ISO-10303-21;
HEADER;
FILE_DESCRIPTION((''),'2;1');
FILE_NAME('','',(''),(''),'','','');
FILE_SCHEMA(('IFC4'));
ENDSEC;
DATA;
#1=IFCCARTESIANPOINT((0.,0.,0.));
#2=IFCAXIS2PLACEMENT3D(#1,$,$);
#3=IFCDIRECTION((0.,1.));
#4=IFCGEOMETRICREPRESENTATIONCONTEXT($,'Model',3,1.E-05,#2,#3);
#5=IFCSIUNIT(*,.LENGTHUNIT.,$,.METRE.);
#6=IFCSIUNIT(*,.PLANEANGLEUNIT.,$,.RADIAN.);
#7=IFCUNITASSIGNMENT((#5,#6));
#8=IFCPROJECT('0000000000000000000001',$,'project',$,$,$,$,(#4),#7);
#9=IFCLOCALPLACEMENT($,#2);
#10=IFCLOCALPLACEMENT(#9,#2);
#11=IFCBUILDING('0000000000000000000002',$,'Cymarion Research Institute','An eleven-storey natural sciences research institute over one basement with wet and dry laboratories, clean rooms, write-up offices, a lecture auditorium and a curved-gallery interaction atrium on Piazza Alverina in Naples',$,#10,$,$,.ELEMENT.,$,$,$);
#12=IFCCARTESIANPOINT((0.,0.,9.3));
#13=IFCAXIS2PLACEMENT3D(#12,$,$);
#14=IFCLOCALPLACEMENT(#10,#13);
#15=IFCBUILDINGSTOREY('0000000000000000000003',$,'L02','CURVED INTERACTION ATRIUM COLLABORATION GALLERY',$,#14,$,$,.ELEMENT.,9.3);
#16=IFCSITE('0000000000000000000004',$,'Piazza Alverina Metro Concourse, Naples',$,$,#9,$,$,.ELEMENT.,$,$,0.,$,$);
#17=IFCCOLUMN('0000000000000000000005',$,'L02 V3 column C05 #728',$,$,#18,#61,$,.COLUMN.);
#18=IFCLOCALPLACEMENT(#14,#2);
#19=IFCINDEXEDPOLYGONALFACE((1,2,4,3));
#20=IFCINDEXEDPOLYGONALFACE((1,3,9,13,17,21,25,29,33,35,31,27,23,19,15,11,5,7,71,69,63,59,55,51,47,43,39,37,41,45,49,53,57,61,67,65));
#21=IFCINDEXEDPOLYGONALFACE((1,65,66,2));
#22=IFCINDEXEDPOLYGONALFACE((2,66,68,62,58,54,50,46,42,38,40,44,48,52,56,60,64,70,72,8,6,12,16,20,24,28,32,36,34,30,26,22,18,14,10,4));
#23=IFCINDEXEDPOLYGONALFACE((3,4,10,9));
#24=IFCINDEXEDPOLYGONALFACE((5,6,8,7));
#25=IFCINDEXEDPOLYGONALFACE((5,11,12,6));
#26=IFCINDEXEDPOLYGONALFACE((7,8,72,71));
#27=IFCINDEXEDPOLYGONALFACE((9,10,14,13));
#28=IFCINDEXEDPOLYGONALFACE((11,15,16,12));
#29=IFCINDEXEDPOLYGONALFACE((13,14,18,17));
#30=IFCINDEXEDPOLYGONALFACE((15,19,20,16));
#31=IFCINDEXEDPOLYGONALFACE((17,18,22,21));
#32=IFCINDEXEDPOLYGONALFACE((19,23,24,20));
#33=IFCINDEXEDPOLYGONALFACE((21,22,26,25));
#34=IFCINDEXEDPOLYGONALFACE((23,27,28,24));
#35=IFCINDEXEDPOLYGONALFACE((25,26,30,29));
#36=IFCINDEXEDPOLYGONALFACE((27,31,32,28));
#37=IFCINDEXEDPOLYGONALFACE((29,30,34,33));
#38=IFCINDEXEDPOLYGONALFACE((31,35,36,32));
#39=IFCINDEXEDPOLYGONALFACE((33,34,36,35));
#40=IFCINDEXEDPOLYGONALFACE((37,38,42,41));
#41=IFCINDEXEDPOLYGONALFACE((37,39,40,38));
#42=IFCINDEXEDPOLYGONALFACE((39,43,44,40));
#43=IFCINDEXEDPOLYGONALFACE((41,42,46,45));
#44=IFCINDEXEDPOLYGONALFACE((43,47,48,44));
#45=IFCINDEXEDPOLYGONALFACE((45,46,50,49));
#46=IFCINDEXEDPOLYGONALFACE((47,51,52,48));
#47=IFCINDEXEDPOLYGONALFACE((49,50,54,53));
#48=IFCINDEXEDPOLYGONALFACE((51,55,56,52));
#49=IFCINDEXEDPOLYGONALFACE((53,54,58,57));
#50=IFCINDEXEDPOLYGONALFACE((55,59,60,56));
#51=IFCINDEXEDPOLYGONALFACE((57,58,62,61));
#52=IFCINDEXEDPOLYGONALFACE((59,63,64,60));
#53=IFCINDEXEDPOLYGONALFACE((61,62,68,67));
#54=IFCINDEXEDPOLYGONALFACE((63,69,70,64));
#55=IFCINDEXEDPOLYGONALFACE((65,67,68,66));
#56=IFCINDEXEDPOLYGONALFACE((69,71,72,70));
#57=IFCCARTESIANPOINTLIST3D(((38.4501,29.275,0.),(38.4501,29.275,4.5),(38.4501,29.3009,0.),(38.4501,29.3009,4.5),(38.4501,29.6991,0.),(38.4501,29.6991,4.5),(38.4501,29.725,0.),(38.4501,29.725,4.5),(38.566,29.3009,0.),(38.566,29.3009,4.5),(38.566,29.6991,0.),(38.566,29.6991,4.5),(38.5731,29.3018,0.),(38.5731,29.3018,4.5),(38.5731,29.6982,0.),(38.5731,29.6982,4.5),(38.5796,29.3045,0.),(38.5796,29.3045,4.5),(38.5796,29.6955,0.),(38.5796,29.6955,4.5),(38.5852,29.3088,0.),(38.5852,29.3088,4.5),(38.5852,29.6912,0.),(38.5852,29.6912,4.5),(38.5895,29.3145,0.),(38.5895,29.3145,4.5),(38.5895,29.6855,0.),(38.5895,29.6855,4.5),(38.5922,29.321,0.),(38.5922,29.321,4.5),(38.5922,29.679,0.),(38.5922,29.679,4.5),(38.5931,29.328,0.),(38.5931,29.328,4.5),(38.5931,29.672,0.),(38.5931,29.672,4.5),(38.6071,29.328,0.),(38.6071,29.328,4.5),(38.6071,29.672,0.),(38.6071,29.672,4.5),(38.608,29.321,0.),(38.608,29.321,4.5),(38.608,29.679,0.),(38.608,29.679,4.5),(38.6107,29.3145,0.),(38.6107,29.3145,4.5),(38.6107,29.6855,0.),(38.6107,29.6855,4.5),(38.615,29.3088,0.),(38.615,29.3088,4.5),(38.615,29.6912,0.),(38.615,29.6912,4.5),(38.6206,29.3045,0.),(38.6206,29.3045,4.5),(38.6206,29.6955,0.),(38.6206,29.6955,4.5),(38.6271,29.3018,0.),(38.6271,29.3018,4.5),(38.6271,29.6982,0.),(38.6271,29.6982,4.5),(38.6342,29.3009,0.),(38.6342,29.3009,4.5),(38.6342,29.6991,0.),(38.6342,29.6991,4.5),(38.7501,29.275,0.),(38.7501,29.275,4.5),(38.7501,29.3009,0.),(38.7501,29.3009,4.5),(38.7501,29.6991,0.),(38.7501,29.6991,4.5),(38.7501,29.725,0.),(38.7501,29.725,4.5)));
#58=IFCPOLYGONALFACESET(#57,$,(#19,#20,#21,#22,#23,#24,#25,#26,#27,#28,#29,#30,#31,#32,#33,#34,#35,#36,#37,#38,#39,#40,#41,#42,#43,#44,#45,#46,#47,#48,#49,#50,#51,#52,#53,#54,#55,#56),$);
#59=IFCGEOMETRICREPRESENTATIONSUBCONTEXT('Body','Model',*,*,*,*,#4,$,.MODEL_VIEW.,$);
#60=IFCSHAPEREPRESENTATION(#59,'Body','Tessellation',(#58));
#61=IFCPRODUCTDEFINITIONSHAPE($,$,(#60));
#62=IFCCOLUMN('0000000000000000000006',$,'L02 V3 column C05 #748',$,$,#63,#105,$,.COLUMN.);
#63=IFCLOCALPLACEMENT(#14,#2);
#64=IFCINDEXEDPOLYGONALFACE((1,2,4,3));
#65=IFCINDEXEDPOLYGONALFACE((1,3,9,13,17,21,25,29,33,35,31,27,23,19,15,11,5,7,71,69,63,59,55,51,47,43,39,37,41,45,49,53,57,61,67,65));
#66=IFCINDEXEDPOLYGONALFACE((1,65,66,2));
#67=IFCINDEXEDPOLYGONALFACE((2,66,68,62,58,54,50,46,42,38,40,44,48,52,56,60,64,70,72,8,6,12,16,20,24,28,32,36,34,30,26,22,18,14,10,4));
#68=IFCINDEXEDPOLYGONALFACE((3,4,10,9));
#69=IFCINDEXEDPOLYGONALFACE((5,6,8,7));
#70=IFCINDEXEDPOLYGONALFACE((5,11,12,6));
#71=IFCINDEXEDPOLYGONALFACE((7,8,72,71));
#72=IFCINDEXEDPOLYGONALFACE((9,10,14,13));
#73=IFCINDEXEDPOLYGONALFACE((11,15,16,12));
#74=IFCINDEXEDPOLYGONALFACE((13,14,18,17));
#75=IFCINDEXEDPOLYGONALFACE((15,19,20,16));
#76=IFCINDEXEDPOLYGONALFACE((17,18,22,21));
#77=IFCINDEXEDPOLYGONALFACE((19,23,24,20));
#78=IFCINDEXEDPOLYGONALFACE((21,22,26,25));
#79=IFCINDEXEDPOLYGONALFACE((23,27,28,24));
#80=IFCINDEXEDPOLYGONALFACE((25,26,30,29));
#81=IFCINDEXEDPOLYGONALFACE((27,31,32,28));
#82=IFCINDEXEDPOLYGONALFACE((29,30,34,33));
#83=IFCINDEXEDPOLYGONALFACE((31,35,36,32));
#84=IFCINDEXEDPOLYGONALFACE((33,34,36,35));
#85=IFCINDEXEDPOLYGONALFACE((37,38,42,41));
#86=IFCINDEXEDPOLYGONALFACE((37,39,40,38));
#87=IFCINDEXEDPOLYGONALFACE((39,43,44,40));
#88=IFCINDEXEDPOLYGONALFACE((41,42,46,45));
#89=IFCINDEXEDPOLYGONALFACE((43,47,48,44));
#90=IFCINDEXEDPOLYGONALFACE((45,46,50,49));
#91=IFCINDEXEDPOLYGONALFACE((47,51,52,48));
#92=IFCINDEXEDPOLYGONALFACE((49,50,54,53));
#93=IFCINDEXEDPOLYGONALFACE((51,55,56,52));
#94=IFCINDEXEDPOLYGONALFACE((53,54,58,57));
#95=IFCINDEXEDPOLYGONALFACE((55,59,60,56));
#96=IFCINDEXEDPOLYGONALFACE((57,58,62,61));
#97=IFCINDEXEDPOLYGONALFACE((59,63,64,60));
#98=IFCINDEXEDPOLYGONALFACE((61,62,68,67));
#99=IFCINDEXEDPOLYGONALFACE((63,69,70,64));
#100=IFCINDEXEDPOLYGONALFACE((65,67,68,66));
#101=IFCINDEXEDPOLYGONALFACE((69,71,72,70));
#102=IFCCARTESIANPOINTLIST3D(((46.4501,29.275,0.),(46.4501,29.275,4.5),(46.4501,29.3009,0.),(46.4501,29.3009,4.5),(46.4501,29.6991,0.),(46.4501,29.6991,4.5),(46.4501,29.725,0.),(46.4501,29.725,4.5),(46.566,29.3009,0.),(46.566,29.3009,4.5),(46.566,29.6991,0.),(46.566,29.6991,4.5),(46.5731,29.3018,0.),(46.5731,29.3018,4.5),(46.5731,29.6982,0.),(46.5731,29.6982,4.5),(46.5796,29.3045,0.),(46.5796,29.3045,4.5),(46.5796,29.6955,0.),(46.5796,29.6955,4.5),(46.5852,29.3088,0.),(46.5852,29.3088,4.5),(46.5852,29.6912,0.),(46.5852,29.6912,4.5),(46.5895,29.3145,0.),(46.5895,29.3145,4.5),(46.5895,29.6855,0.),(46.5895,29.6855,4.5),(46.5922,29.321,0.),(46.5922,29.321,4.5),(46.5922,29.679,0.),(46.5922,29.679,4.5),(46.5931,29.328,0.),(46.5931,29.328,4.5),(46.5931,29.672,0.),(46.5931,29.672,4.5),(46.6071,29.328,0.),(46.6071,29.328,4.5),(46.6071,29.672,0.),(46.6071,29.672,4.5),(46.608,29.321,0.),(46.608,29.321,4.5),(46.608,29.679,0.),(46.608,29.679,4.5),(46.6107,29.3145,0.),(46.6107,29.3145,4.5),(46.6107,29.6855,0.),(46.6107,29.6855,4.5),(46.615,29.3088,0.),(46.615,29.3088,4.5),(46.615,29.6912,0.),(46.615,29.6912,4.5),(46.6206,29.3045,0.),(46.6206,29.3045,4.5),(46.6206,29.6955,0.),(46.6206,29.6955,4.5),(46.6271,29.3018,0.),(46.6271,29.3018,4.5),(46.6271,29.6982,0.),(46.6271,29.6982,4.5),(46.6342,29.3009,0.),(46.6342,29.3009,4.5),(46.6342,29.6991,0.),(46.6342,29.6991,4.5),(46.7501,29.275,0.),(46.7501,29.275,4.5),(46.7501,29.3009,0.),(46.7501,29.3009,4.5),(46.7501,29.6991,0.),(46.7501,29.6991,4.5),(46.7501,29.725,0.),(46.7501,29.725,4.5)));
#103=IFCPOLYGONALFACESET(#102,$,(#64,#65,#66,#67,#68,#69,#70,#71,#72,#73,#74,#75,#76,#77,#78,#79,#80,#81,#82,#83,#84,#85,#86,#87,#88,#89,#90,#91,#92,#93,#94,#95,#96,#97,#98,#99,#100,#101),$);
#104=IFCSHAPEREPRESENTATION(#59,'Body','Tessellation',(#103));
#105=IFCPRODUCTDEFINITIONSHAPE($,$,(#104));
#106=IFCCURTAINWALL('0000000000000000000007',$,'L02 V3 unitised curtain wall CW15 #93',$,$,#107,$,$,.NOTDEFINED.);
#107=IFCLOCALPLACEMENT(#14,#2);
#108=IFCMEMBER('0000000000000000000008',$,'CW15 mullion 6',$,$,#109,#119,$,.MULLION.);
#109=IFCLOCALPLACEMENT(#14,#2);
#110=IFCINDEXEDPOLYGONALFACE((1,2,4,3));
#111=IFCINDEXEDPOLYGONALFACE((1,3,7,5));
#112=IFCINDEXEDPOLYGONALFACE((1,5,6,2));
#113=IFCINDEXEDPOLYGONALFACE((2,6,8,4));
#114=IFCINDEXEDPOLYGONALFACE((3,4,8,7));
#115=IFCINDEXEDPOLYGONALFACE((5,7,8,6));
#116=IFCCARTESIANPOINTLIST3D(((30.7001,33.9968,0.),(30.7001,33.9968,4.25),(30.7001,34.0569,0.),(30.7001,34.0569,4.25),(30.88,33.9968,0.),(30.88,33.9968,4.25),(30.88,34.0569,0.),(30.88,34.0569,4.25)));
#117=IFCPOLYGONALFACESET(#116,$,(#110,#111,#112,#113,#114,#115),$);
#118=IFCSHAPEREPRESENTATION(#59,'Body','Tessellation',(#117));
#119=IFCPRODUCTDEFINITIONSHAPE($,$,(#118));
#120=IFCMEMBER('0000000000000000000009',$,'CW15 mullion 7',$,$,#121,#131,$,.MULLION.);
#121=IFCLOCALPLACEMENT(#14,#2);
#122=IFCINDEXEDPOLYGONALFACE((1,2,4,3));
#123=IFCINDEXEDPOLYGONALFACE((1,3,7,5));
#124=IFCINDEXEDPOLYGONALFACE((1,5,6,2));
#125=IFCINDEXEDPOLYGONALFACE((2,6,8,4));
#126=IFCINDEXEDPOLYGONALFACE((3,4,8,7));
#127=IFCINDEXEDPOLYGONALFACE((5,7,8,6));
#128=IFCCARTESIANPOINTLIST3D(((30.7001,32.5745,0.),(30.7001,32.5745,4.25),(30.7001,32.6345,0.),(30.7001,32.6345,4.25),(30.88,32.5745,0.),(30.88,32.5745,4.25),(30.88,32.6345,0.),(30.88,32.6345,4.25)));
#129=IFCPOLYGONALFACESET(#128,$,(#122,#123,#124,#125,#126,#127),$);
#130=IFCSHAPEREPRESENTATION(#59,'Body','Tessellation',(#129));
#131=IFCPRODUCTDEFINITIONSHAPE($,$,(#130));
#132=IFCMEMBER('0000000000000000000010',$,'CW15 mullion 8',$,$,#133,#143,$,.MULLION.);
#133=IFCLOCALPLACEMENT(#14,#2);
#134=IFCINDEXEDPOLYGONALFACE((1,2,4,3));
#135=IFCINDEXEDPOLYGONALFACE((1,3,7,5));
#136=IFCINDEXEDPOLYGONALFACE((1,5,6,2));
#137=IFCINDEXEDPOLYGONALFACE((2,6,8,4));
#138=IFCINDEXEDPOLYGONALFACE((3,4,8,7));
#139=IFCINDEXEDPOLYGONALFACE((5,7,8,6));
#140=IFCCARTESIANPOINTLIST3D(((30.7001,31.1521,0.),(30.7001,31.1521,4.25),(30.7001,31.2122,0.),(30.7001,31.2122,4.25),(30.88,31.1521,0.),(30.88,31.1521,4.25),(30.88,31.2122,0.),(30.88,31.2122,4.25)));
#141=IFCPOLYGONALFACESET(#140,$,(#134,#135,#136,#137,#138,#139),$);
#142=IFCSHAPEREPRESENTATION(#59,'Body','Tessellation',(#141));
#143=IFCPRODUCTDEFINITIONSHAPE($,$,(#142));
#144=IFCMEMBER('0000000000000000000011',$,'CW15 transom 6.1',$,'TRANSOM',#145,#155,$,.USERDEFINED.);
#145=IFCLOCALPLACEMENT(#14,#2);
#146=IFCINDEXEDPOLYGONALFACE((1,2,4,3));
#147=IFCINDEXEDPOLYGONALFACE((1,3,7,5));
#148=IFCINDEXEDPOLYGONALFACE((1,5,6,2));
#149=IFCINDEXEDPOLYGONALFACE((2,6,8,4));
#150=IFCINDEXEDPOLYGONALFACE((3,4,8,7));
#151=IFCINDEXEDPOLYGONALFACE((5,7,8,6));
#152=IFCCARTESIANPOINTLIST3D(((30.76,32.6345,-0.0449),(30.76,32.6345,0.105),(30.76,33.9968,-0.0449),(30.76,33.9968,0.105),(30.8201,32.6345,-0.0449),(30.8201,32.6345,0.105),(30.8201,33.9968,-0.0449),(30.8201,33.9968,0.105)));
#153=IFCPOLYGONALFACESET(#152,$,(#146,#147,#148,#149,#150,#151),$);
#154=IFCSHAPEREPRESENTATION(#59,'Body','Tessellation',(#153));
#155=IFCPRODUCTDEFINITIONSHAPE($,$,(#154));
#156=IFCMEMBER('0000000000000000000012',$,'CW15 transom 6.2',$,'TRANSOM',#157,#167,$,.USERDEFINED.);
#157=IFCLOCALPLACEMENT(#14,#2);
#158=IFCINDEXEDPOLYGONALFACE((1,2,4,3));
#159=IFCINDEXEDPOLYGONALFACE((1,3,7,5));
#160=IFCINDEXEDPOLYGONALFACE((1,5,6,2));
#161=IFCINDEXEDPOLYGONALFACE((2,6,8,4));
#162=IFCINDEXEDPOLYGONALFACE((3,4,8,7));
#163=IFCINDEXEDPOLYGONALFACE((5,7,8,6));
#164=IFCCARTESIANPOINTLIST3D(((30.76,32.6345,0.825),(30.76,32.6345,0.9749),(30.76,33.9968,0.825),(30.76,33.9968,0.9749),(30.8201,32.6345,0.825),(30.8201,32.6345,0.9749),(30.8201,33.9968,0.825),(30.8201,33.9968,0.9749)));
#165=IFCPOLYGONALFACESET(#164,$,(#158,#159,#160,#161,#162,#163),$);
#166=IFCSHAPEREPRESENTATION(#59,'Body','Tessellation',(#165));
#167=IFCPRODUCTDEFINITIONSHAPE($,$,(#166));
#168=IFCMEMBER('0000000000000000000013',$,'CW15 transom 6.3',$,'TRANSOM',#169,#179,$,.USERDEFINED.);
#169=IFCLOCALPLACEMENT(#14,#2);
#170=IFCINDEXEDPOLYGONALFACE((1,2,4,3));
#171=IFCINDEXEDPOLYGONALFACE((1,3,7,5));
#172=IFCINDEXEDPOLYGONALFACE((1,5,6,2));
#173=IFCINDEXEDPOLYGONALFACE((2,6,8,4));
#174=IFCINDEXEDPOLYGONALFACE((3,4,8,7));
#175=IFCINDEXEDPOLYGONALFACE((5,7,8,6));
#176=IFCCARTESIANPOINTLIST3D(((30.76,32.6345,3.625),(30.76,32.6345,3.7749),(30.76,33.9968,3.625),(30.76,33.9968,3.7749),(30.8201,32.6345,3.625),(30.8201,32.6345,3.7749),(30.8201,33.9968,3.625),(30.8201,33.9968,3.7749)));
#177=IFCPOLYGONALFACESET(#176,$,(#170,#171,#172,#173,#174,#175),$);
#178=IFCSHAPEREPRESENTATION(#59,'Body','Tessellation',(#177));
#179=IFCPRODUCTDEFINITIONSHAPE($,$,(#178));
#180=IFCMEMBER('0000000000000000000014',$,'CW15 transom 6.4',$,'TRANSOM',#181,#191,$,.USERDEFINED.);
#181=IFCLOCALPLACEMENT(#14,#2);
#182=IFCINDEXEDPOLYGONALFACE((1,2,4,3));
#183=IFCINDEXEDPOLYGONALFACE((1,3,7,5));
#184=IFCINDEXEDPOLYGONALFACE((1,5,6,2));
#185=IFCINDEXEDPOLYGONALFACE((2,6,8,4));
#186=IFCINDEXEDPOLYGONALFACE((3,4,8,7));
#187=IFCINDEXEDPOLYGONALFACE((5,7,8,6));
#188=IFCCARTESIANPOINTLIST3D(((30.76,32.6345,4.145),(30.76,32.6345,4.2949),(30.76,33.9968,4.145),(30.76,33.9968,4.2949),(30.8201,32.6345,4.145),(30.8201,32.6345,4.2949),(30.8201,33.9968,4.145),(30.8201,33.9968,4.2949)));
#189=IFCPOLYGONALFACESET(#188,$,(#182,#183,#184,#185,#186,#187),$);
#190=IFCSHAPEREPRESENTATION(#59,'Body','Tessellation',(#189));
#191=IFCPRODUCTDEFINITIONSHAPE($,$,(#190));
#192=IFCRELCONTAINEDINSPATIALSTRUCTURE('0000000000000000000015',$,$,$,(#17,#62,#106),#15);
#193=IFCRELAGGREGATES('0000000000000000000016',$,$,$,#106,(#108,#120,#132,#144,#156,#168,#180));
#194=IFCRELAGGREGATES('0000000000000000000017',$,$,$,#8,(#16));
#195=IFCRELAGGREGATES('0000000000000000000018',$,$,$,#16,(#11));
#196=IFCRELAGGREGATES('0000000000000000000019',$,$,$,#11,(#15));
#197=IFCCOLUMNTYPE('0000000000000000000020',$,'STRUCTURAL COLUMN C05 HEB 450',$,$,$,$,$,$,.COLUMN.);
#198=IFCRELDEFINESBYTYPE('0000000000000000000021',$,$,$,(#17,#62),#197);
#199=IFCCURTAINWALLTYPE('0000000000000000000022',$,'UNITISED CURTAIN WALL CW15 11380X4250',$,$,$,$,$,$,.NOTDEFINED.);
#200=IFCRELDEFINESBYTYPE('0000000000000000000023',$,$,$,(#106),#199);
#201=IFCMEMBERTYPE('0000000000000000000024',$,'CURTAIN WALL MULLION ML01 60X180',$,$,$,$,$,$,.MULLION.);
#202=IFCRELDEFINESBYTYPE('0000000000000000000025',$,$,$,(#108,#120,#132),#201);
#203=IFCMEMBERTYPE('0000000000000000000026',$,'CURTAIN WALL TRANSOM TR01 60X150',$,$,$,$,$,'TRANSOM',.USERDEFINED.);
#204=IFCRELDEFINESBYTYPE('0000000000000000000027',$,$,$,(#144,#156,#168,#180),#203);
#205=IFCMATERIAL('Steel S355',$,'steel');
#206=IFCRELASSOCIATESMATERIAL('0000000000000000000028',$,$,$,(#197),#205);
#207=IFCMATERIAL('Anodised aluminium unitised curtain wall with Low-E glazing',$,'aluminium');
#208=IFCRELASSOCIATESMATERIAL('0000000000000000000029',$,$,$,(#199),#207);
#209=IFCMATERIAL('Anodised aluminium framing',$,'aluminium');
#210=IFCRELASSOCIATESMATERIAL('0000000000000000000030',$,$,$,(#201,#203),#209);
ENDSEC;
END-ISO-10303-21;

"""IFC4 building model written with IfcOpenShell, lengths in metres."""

from ifc_helpers import new_model, si_unit, direction, frame, origin, origin_2d, place, context, subcontext, project, spatial, rectangle, i_section, extrude, material, material_profile, profile_set, type_object, element, aggregate, save


model = new_model("IFC4")

# Units and contexts
model_context = context("Model", 3, precision=1e-05, world=origin(), true_north=direction((0.0, 1.0)))
body_context = subcontext(model_context, "Body", "Model", "MODEL_VIEW")
ifc_project = project(units=[si_unit("LENGTHUNIT", "METRE"), si_unit("PLANEANGLEUNIT", "RADIAN")], contexts=[model_context])

# Site, building, storey
site_placement = place(None, origin())
site = spatial("IfcSite", under=ifc_project, at=site_placement, Name="Piazza Alverina Metro Concourse, Naples", CompositionType="ELEMENT", RefElevation=0.0)
building_placement = place(site_placement, origin())
building = spatial("IfcBuilding", under=site, at=building_placement, Name="Cymarion Research Institute", Description="An eleven-storey natural sciences research institute over one basement with wet and dry laboratories, clean rooms, write-up offices, a lecture auditorium and a curved-gallery interaction atrium on Piazza Alverina in Naples", CompositionType="ELEMENT")
storey_placement = place(building_placement, frame((0.0, 0.0, 9.3)))
storey = spatial("IfcBuildingStorey", under=building, at=storey_placement, Name="L02", Description="CURVED INTERACTION ATRIUM COLLABORATION GALLERY", CompositionType="ELEMENT", Elevation=9.3)

# Columns
ifc_material_1 = material(Name="Steel S355", Category="steel")
ifc_material_profile_1 = material_profile(ifc_material_1, i_section(OverallWidth=0.3, OverallDepth=0.45, WebThickness=0.0139, FlangeThickness=0.0259, FilletRadius=0.0271, at=origin_2d()), Name="HEB 450")
ifc_profile_set_1 = profile_set([ifc_material_profile_1], Name="Steel S355")
column_type = type_object("IfcColumnType", Name="STRUCTURAL COLUMN C05 HEB 450", PredefinedType="COLUMN", material=ifc_profile_set_1)
for number, where, z_axis, x_axis, name in (
    (1, (38.6001, 29.5, 0.0), (0.0, 0.0, 1.0), (1.0, 0.0, 0.0), "L02 V3 column C05 #728"),
    (2, (46.6001, 29.5, 0.0), (0.0, 0.0, 1.0), (1.0, 0.0, 0.0), "L02 V3 column C05 #748"),
):
    element("IfcColumn", number, at=place(storey_placement, frame(where, z_axis=z_axis, x_axis=x_axis)), inside=storey, type_object=column_type, Name=name, PredefinedType="COLUMN", context=body_context, shape_type="SweptSolid", body=[
        extrude(i_section(OverallWidth=0.3, OverallDepth=0.45, WebThickness=0.0139, FlangeThickness=0.0259, FilletRadius=0.0271, at=origin_2d()), origin(), (0.0, 0.0, 1.0), 4.5),
    ])

# Curtain wall, members
ifc_material_2 = material(Name="Anodised aluminium unitised curtain wall with Low-E glazing", Category="aluminium")
curtain_wall_type = type_object("IfcCurtainWallType", Name="UNITISED CURTAIN WALL CW15 11380X4250", PredefinedType="NOTDEFINED", material=ifc_material_2)
curtain_wall_placement = place(storey_placement, origin())
curtain_wall = element("IfcCurtainWall", 3, at=curtain_wall_placement, inside=storey, type_object=curtain_wall_type, Name="L02 V3 unitised curtain wall CW15 #93", PredefinedType="NOTDEFINED")
ifc_material_3 = material(Name="Anodised aluminium framing", Category="aluminium")
ifc_material_profile_2 = material_profile(ifc_material_3, rectangle(XDim=0.0601, YDim=0.1799, at=origin_2d()), Name="ALU MULLION 60x180")
ifc_profile_set_2 = profile_set([ifc_material_profile_2], Name="Anodised aluminium framing")
member_type_1 = type_object("IfcMemberType", Name="CURTAIN WALL MULLION ML01 60X180", PredefinedType="MULLION", material=ifc_profile_set_2)
member_1_placement = place(storey_placement, frame((30.79, 34.0269, 0.0), z_axis=(0.0, 0.0, 1.0), x_axis=(0.0, -1.0, 0.0)))
member_1 = element("IfcMember", 4, at=member_1_placement, type_object=member_type_1, Name="CW15 mullion 6", PredefinedType="MULLION", context=body_context, shape_type="SweptSolid", body=[
    extrude(rectangle(XDim=0.0601, YDim=0.1799, at=origin_2d()), origin(), (0.0, 0.0, 1.0), 4.25),
])
member_2_placement = place(storey_placement, frame((30.79, 32.6045, 0.0), z_axis=(0.0, 0.0, 1.0), x_axis=(0.0, -1.0, 0.0)))
member_2 = element("IfcMember", 5, at=member_2_placement, type_object=member_type_1, Name="CW15 mullion 7", PredefinedType="MULLION", context=body_context, shape_type="SweptSolid", body=[
    extrude(rectangle(XDim=0.0601, YDim=0.1799, at=origin_2d()), origin(), (0.0, 0.0, 1.0), 4.25),
])
member_3_placement = place(storey_placement, frame((30.79, 31.1821, 0.0), z_axis=(0.0, 0.0, 1.0), x_axis=(0.0, -1.0, 0.0)))
member_3 = element("IfcMember", 6, at=member_3_placement, type_object=member_type_1, Name="CW15 mullion 8", PredefinedType="MULLION", context=body_context, shape_type="SweptSolid", body=[
    extrude(rectangle(XDim=0.0601, YDim=0.1799, at=origin_2d()), origin(), (0.0, 0.0, 1.0), 4.25),
])
ifc_material_profile_3 = material_profile(ifc_material_3, rectangle(XDim=0.0601, YDim=0.1499, at=origin_2d()), Name="ALU TRANSOM 60x150")
ifc_profile_set_3 = profile_set([ifc_material_profile_3], Name="Anodised aluminium framing")
member_type_2 = type_object("IfcMemberType", Name="CURTAIN WALL TRANSOM TR01 60X150", ElementType="TRANSOM", PredefinedType="USERDEFINED", material=ifc_profile_set_3)
member_4_placement = place(storey_placement, frame((30.79, 33.9968, 0.03), z_axis=(0.0, -1.0, 0.0), x_axis=(1.0, 0.0, 0.0)))
member_4 = element("IfcMember", 7, at=member_4_placement, type_object=member_type_2, Name="CW15 transom 6.1", ObjectType="TRANSOM", PredefinedType="USERDEFINED", context=body_context, shape_type="SweptSolid", body=[
    extrude(rectangle(XDim=0.0601, YDim=0.1499, at=origin_2d()), origin(), (0.0, 0.0, 1.0), 1.3623),
])
member_5_placement = place(storey_placement, frame((30.79, 33.9968, 0.8999), z_axis=(0.0, -1.0, 0.0), x_axis=(1.0, 0.0, 0.0)))
member_5 = element("IfcMember", 8, at=member_5_placement, type_object=member_type_2, Name="CW15 transom 6.2", ObjectType="TRANSOM", PredefinedType="USERDEFINED", context=body_context, shape_type="SweptSolid", body=[
    extrude(rectangle(XDim=0.0601, YDim=0.1499, at=origin_2d()), origin(), (0.0, 0.0, 1.0), 1.3623),
])
member_6_placement = place(storey_placement, frame((30.79, 33.9968, 3.7), z_axis=(0.0, -1.0, 0.0), x_axis=(1.0, 0.0, 0.0)))
member_6 = element("IfcMember", 9, at=member_6_placement, type_object=member_type_2, Name="CW15 transom 6.3", ObjectType="TRANSOM", PredefinedType="USERDEFINED", context=body_context, shape_type="SweptSolid", body=[
    extrude(rectangle(XDim=0.0601, YDim=0.1499, at=origin_2d()), origin(), (0.0, 0.0, 1.0), 1.3623),
])
member_7_placement = place(storey_placement, frame((30.79, 33.9968, 4.22), z_axis=(0.0, -1.0, 0.0), x_axis=(1.0, 0.0, 0.0)))
member_7 = element("IfcMember", 10, at=member_7_placement, type_object=member_type_2, Name="CW15 transom 6.4", ObjectType="TRANSOM", PredefinedType="USERDEFINED", context=body_context, shape_type="SweptSolid", body=[
    extrude(rectangle(XDim=0.0601, YDim=0.1499, at=origin_2d()), origin(), (0.0, 0.0, 1.0), 1.3623),
])

aggregate(curtain_wall, [member_1, member_2, member_3, member_4, member_5, member_6, member_7])

save(model, "model.ifc")
